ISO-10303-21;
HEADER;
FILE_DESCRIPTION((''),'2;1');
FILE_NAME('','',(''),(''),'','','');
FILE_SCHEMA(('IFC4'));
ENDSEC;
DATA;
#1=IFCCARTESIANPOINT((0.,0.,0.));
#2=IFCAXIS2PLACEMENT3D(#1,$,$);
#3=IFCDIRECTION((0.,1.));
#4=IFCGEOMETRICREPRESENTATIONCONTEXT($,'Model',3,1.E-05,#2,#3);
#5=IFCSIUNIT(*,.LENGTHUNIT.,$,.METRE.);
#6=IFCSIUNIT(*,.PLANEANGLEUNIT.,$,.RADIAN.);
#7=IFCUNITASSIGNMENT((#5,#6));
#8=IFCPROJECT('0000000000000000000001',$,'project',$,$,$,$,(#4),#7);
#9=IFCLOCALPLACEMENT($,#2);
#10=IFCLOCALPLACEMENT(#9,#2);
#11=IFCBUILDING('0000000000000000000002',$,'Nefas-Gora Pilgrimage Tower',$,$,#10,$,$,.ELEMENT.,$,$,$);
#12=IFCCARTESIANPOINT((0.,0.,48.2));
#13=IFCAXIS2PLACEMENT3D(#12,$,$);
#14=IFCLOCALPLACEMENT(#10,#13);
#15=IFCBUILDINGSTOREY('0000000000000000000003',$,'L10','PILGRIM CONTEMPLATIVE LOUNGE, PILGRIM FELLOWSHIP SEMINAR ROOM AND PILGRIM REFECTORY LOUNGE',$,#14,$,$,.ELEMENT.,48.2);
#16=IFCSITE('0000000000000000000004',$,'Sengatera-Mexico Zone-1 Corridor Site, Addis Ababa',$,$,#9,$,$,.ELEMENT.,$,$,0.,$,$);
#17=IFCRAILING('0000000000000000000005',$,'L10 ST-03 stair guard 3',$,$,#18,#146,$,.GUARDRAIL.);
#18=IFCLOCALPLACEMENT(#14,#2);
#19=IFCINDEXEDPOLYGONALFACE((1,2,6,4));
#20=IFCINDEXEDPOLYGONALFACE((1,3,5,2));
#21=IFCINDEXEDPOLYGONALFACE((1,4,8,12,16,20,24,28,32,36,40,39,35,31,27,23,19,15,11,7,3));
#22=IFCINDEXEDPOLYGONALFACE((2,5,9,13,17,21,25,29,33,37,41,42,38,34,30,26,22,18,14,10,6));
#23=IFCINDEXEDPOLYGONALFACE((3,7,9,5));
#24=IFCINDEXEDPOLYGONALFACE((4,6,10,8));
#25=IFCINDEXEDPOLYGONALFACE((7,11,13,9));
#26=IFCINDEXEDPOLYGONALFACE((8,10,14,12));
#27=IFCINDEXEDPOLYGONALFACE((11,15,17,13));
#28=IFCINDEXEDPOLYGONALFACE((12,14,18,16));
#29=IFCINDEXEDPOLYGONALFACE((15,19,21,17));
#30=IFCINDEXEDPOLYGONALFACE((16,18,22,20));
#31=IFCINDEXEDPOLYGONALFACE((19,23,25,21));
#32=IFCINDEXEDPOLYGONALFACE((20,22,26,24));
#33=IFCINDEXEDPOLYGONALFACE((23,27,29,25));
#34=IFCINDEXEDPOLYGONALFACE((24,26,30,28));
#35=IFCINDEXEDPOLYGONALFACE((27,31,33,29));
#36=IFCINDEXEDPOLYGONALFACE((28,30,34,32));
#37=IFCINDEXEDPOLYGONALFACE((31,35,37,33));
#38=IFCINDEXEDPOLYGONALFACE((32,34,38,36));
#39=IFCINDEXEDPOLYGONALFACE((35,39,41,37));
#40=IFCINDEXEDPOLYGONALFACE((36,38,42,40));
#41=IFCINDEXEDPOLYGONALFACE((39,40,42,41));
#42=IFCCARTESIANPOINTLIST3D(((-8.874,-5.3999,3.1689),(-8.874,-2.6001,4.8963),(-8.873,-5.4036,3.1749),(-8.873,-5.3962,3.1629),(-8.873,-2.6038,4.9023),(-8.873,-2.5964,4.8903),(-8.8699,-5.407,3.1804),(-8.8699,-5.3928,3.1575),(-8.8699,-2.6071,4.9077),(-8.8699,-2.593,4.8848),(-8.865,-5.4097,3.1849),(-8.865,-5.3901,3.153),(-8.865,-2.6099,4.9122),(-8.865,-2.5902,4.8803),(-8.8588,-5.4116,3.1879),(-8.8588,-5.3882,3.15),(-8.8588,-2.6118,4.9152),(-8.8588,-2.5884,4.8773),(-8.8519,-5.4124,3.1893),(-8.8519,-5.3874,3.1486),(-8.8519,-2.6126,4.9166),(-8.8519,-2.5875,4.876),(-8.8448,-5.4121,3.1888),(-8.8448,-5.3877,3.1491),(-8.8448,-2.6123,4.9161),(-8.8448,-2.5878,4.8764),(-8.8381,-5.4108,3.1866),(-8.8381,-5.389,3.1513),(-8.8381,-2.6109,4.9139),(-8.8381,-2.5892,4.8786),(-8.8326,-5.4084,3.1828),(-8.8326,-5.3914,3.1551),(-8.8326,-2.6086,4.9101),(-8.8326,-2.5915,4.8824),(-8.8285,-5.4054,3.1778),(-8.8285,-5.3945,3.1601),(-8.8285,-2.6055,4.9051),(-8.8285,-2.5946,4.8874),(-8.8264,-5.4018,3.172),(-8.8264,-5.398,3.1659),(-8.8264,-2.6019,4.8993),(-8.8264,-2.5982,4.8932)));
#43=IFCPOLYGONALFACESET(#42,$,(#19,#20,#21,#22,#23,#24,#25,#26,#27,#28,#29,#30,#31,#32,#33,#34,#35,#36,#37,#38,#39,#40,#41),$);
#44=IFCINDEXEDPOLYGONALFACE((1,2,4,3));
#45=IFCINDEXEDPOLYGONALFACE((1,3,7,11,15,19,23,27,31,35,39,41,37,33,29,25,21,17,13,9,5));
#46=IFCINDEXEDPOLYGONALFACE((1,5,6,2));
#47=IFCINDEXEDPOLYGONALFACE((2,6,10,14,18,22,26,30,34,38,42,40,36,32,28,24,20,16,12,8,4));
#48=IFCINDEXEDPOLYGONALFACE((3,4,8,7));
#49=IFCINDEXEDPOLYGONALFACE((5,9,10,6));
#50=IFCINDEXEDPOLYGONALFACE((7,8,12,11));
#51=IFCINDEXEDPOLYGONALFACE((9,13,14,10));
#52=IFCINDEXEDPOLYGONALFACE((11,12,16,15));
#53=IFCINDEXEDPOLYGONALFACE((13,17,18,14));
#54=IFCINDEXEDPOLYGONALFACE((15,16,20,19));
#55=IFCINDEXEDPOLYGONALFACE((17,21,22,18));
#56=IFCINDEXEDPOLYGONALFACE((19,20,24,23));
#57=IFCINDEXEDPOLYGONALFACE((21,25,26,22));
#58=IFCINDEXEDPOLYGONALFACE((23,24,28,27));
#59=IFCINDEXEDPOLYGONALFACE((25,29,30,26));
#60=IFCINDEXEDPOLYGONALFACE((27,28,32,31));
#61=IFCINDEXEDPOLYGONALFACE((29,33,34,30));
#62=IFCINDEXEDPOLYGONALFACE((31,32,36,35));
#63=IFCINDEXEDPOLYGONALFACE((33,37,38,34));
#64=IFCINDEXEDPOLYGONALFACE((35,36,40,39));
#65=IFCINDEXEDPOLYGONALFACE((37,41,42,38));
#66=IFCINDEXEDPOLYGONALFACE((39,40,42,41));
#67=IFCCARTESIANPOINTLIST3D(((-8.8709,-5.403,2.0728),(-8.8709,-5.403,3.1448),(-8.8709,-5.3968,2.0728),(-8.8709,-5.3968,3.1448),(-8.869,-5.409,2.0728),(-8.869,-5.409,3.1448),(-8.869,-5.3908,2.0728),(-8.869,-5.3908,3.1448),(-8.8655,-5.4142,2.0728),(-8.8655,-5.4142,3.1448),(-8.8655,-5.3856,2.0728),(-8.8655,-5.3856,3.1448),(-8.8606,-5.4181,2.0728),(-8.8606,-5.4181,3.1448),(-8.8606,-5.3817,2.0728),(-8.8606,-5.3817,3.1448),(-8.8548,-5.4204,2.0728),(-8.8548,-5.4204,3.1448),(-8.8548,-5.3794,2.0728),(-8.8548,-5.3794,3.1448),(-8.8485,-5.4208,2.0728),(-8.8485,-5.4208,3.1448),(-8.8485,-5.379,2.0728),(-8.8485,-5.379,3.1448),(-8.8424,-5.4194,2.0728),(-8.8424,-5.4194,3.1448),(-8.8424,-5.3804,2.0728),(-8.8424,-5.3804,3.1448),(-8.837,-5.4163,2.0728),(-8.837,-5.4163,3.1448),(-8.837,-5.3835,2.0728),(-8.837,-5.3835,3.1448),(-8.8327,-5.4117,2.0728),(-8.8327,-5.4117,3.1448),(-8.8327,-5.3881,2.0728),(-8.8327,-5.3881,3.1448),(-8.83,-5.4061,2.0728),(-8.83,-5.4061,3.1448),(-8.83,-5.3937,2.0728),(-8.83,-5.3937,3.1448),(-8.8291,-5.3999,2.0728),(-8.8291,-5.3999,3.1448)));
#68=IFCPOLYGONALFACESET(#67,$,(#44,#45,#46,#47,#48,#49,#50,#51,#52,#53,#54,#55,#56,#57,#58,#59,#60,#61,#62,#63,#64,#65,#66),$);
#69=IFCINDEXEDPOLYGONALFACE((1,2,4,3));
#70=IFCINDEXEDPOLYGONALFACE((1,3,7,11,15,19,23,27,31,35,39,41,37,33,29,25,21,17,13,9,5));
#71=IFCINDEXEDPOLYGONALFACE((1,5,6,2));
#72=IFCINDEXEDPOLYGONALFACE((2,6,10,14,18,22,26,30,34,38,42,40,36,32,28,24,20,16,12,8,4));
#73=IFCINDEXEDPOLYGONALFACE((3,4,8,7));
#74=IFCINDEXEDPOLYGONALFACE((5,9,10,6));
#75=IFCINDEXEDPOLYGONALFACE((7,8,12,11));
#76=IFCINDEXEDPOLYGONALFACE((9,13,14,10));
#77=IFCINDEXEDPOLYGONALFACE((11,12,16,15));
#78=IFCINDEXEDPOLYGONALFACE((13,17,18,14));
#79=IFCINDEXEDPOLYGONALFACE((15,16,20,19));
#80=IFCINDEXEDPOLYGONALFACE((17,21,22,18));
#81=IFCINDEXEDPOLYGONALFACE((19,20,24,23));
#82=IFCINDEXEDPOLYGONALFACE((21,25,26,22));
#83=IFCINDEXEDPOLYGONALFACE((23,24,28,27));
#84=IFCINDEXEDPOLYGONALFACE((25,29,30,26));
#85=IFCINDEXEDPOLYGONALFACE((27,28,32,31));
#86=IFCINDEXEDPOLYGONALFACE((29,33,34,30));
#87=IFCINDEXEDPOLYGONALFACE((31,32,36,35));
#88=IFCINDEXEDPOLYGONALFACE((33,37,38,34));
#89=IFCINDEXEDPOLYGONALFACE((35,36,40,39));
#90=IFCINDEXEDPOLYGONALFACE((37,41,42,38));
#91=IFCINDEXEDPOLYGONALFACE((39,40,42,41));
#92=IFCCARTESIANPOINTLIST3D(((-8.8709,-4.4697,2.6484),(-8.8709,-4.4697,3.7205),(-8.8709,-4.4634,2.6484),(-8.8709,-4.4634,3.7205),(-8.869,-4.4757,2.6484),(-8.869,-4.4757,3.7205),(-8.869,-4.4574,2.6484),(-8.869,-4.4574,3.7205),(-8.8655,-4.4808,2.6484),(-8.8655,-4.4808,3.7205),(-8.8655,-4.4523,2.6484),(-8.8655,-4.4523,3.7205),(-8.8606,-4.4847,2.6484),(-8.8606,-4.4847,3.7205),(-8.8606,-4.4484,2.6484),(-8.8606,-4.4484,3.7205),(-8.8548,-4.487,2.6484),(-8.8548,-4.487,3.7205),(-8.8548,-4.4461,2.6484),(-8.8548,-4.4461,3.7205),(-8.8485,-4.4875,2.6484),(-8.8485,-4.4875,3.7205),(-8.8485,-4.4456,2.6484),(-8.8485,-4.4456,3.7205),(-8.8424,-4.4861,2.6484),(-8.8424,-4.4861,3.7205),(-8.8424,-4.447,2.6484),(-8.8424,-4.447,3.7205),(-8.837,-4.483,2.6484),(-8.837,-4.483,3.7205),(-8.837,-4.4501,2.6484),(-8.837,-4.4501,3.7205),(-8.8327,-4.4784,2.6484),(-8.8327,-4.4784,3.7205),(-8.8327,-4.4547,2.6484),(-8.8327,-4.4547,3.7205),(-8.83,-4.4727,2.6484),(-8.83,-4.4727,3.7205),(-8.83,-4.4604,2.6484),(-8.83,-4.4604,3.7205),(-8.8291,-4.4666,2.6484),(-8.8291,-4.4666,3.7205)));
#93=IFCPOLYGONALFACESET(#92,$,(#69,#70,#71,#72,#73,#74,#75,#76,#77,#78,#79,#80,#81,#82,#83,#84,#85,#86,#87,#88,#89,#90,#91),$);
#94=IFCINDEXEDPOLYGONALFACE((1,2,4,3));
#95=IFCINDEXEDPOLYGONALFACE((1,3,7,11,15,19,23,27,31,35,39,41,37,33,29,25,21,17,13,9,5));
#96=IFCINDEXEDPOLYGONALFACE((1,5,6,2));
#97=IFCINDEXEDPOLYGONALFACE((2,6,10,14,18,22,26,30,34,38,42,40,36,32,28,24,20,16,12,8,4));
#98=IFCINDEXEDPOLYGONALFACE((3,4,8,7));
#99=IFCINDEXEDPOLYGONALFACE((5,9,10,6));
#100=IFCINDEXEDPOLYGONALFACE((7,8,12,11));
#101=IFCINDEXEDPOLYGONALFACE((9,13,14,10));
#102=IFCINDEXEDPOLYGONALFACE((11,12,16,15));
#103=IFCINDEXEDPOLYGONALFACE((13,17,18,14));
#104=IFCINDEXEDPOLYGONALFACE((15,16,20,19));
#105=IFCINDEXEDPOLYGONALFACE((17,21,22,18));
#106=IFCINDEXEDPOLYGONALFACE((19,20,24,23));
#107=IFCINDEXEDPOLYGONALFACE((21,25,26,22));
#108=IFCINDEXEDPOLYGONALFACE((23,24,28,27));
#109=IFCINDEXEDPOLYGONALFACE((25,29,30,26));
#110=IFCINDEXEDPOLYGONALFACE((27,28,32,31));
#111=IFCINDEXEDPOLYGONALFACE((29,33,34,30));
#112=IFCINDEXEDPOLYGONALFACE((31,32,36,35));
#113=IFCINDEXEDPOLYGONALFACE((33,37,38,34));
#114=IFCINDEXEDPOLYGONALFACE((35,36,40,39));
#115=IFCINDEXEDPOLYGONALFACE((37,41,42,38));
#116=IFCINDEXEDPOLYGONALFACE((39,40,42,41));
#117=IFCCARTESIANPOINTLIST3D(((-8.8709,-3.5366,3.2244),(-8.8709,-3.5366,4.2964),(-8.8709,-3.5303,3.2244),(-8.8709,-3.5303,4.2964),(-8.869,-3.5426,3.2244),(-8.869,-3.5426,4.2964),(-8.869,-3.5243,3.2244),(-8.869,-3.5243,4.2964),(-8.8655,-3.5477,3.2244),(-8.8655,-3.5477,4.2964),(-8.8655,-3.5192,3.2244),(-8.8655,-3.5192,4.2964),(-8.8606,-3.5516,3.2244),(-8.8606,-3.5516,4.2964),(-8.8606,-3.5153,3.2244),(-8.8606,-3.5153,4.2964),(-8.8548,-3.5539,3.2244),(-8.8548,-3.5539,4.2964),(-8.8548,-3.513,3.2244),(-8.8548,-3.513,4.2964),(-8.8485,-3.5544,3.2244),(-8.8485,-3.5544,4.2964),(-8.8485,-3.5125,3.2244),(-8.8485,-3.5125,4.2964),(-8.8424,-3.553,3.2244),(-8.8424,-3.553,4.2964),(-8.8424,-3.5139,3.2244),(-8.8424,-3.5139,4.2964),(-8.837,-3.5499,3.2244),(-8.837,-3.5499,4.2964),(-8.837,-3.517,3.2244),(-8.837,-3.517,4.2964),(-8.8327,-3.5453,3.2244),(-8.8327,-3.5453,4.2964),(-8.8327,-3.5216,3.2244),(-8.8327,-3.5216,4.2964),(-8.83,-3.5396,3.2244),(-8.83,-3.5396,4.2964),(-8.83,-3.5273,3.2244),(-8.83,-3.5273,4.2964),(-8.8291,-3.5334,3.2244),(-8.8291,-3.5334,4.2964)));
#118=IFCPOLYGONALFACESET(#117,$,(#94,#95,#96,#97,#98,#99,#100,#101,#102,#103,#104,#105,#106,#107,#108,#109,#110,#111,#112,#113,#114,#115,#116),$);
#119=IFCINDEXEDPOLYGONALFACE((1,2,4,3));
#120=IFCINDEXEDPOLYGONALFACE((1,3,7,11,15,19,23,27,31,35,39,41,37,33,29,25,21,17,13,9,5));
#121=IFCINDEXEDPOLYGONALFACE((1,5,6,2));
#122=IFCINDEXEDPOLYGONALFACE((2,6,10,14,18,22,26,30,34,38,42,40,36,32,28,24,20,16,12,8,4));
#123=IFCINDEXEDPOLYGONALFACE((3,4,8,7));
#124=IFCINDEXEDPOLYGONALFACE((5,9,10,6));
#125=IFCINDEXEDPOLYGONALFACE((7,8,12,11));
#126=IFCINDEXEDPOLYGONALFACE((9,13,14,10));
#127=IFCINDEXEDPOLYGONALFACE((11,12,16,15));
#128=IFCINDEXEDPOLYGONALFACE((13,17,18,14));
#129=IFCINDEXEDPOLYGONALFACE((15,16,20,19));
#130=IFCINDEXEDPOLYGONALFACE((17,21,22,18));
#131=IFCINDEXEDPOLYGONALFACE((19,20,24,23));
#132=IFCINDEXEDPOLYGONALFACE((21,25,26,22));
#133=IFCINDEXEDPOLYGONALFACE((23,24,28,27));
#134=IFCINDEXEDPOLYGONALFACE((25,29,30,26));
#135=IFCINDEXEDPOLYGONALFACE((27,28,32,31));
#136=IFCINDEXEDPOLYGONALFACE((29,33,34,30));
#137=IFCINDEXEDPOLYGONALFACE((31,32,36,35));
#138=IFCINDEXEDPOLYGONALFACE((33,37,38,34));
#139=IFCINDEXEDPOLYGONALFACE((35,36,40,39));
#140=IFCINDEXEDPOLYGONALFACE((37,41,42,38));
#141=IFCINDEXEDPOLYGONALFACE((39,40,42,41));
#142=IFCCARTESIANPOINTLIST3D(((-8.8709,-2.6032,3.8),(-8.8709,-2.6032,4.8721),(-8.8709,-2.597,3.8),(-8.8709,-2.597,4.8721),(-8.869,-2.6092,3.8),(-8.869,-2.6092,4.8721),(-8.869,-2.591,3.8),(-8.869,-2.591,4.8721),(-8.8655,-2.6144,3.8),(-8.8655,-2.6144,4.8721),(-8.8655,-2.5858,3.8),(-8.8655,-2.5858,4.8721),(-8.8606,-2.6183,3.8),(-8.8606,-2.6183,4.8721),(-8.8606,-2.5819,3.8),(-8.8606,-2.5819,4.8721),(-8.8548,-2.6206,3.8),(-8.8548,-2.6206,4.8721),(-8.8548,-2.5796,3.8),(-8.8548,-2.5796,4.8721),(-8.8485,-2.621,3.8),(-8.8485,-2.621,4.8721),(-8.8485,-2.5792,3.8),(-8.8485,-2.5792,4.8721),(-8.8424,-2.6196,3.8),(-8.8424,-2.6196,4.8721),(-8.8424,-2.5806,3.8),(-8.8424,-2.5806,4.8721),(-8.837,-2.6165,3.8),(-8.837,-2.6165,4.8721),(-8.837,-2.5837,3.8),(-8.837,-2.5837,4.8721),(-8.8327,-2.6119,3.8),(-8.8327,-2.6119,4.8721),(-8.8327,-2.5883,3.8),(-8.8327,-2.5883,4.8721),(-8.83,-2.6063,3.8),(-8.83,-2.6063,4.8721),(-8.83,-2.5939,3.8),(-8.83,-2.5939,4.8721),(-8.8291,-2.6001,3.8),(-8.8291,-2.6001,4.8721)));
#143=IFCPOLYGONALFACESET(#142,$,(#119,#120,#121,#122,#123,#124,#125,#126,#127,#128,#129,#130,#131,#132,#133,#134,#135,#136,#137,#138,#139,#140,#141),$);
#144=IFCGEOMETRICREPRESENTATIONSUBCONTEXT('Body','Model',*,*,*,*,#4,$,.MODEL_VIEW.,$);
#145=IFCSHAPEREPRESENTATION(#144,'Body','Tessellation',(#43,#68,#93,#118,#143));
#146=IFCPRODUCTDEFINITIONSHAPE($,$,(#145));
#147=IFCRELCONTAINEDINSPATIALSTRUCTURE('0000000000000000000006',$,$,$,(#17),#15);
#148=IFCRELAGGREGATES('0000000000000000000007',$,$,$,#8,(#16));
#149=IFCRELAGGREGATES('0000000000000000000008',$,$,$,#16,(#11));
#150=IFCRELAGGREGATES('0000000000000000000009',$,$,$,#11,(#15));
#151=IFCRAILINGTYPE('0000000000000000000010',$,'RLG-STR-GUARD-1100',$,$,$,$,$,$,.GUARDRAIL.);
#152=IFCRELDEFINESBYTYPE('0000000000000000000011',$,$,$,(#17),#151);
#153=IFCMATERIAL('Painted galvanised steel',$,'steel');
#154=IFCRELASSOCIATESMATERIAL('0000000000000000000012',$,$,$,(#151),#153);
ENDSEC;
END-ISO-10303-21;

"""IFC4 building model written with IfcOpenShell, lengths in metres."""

from ifc_helpers import new_model, si_unit, direction, frame, origin, origin_2d, place, context, subcontext, project, spatial, circle, extrude, material, type_object, element, save


model = new_model("IFC4")

# Units and contexts
model_context = context("Model", 3, precision=1e-05, world=origin(), true_north=direction((0.0, 1.0)))
body_context = subcontext(model_context, "Body", "Model", "MODEL_VIEW")
ifc_project = project(units=[si_unit("LENGTHUNIT", "METRE"), si_unit("PLANEANGLEUNIT", "RADIAN")], contexts=[model_context])

# Site, building, storey
site_placement = place(None, origin())
site = spatial("IfcSite", under=ifc_project, at=site_placement, Name="Sengatera-Mexico Zone-1 Corridor Site, Addis Ababa", CompositionType="ELEMENT", RefElevation=0.0)
building_placement = place(site_placement, origin())
building = spatial("IfcBuilding", under=site, at=building_placement, Name="Nefas-Gora Pilgrimage Tower", CompositionType="ELEMENT")
storey_placement = place(building_placement, frame((0.0, 0.0, 48.2)))
storey = spatial("IfcBuildingStorey", under=building, at=storey_placement, Name="L10", Description="PILGRIM CONTEMPLATIVE LOUNGE, PILGRIM FELLOWSHIP SEMINAR ROOM AND PILGRIM REFECTORY LOUNGE", CompositionType="ELEMENT", Elevation=48.2)

# Railing
ifc_material_1 = material(Name="Painted galvanised steel", Category="steel")
railing_type_1 = type_object("IfcRailingType", Name="RLG-STR-GUARD-1100", PredefinedType="GUARDRAIL", material=ifc_material_1)
railing_1_placement = place(storey_placement, frame((-8.8501, -5.3999, 2.0728)))
element("IfcRailing", 1, at=railing_1_placement, inside=storey, type_object=railing_type_1, Name="L10 ST-03 stair guard 3", PredefinedType="GUARDRAIL", context=body_context, shape_type="SweptSolid", body=[
    extrude(circle(Radius=0.0239, at=origin_2d()), frame((0.0, 0.0, 1.0962), z_axis=(0.0, 0.851069, 0.525054), x_axis=(-1.0, 0.0, 0.0)), (0.0, 0.0, 1.0), 3.2898),
    extrude(circle(Radius=0.021, at=origin_2d()), origin(), (0.0, 0.0, 1.0), 1.072),
    extrude(circle(Radius=0.021, at=origin_2d()), frame((0.0, 0.9333, 0.5757)), (0.0, 0.0, 1.0), 1.072),
    extrude(circle(Radius=0.021, at=origin_2d()), frame((0.0, 1.8665, 1.1516)), (0.0, 0.0, 1.0), 1.072),
    extrude(circle(Radius=0.021, at=origin_2d()), frame((0.0, 2.7998, 1.7273)), (0.0, 0.0, 1.0), 1.072),
])

save(model, "model.ifc")
